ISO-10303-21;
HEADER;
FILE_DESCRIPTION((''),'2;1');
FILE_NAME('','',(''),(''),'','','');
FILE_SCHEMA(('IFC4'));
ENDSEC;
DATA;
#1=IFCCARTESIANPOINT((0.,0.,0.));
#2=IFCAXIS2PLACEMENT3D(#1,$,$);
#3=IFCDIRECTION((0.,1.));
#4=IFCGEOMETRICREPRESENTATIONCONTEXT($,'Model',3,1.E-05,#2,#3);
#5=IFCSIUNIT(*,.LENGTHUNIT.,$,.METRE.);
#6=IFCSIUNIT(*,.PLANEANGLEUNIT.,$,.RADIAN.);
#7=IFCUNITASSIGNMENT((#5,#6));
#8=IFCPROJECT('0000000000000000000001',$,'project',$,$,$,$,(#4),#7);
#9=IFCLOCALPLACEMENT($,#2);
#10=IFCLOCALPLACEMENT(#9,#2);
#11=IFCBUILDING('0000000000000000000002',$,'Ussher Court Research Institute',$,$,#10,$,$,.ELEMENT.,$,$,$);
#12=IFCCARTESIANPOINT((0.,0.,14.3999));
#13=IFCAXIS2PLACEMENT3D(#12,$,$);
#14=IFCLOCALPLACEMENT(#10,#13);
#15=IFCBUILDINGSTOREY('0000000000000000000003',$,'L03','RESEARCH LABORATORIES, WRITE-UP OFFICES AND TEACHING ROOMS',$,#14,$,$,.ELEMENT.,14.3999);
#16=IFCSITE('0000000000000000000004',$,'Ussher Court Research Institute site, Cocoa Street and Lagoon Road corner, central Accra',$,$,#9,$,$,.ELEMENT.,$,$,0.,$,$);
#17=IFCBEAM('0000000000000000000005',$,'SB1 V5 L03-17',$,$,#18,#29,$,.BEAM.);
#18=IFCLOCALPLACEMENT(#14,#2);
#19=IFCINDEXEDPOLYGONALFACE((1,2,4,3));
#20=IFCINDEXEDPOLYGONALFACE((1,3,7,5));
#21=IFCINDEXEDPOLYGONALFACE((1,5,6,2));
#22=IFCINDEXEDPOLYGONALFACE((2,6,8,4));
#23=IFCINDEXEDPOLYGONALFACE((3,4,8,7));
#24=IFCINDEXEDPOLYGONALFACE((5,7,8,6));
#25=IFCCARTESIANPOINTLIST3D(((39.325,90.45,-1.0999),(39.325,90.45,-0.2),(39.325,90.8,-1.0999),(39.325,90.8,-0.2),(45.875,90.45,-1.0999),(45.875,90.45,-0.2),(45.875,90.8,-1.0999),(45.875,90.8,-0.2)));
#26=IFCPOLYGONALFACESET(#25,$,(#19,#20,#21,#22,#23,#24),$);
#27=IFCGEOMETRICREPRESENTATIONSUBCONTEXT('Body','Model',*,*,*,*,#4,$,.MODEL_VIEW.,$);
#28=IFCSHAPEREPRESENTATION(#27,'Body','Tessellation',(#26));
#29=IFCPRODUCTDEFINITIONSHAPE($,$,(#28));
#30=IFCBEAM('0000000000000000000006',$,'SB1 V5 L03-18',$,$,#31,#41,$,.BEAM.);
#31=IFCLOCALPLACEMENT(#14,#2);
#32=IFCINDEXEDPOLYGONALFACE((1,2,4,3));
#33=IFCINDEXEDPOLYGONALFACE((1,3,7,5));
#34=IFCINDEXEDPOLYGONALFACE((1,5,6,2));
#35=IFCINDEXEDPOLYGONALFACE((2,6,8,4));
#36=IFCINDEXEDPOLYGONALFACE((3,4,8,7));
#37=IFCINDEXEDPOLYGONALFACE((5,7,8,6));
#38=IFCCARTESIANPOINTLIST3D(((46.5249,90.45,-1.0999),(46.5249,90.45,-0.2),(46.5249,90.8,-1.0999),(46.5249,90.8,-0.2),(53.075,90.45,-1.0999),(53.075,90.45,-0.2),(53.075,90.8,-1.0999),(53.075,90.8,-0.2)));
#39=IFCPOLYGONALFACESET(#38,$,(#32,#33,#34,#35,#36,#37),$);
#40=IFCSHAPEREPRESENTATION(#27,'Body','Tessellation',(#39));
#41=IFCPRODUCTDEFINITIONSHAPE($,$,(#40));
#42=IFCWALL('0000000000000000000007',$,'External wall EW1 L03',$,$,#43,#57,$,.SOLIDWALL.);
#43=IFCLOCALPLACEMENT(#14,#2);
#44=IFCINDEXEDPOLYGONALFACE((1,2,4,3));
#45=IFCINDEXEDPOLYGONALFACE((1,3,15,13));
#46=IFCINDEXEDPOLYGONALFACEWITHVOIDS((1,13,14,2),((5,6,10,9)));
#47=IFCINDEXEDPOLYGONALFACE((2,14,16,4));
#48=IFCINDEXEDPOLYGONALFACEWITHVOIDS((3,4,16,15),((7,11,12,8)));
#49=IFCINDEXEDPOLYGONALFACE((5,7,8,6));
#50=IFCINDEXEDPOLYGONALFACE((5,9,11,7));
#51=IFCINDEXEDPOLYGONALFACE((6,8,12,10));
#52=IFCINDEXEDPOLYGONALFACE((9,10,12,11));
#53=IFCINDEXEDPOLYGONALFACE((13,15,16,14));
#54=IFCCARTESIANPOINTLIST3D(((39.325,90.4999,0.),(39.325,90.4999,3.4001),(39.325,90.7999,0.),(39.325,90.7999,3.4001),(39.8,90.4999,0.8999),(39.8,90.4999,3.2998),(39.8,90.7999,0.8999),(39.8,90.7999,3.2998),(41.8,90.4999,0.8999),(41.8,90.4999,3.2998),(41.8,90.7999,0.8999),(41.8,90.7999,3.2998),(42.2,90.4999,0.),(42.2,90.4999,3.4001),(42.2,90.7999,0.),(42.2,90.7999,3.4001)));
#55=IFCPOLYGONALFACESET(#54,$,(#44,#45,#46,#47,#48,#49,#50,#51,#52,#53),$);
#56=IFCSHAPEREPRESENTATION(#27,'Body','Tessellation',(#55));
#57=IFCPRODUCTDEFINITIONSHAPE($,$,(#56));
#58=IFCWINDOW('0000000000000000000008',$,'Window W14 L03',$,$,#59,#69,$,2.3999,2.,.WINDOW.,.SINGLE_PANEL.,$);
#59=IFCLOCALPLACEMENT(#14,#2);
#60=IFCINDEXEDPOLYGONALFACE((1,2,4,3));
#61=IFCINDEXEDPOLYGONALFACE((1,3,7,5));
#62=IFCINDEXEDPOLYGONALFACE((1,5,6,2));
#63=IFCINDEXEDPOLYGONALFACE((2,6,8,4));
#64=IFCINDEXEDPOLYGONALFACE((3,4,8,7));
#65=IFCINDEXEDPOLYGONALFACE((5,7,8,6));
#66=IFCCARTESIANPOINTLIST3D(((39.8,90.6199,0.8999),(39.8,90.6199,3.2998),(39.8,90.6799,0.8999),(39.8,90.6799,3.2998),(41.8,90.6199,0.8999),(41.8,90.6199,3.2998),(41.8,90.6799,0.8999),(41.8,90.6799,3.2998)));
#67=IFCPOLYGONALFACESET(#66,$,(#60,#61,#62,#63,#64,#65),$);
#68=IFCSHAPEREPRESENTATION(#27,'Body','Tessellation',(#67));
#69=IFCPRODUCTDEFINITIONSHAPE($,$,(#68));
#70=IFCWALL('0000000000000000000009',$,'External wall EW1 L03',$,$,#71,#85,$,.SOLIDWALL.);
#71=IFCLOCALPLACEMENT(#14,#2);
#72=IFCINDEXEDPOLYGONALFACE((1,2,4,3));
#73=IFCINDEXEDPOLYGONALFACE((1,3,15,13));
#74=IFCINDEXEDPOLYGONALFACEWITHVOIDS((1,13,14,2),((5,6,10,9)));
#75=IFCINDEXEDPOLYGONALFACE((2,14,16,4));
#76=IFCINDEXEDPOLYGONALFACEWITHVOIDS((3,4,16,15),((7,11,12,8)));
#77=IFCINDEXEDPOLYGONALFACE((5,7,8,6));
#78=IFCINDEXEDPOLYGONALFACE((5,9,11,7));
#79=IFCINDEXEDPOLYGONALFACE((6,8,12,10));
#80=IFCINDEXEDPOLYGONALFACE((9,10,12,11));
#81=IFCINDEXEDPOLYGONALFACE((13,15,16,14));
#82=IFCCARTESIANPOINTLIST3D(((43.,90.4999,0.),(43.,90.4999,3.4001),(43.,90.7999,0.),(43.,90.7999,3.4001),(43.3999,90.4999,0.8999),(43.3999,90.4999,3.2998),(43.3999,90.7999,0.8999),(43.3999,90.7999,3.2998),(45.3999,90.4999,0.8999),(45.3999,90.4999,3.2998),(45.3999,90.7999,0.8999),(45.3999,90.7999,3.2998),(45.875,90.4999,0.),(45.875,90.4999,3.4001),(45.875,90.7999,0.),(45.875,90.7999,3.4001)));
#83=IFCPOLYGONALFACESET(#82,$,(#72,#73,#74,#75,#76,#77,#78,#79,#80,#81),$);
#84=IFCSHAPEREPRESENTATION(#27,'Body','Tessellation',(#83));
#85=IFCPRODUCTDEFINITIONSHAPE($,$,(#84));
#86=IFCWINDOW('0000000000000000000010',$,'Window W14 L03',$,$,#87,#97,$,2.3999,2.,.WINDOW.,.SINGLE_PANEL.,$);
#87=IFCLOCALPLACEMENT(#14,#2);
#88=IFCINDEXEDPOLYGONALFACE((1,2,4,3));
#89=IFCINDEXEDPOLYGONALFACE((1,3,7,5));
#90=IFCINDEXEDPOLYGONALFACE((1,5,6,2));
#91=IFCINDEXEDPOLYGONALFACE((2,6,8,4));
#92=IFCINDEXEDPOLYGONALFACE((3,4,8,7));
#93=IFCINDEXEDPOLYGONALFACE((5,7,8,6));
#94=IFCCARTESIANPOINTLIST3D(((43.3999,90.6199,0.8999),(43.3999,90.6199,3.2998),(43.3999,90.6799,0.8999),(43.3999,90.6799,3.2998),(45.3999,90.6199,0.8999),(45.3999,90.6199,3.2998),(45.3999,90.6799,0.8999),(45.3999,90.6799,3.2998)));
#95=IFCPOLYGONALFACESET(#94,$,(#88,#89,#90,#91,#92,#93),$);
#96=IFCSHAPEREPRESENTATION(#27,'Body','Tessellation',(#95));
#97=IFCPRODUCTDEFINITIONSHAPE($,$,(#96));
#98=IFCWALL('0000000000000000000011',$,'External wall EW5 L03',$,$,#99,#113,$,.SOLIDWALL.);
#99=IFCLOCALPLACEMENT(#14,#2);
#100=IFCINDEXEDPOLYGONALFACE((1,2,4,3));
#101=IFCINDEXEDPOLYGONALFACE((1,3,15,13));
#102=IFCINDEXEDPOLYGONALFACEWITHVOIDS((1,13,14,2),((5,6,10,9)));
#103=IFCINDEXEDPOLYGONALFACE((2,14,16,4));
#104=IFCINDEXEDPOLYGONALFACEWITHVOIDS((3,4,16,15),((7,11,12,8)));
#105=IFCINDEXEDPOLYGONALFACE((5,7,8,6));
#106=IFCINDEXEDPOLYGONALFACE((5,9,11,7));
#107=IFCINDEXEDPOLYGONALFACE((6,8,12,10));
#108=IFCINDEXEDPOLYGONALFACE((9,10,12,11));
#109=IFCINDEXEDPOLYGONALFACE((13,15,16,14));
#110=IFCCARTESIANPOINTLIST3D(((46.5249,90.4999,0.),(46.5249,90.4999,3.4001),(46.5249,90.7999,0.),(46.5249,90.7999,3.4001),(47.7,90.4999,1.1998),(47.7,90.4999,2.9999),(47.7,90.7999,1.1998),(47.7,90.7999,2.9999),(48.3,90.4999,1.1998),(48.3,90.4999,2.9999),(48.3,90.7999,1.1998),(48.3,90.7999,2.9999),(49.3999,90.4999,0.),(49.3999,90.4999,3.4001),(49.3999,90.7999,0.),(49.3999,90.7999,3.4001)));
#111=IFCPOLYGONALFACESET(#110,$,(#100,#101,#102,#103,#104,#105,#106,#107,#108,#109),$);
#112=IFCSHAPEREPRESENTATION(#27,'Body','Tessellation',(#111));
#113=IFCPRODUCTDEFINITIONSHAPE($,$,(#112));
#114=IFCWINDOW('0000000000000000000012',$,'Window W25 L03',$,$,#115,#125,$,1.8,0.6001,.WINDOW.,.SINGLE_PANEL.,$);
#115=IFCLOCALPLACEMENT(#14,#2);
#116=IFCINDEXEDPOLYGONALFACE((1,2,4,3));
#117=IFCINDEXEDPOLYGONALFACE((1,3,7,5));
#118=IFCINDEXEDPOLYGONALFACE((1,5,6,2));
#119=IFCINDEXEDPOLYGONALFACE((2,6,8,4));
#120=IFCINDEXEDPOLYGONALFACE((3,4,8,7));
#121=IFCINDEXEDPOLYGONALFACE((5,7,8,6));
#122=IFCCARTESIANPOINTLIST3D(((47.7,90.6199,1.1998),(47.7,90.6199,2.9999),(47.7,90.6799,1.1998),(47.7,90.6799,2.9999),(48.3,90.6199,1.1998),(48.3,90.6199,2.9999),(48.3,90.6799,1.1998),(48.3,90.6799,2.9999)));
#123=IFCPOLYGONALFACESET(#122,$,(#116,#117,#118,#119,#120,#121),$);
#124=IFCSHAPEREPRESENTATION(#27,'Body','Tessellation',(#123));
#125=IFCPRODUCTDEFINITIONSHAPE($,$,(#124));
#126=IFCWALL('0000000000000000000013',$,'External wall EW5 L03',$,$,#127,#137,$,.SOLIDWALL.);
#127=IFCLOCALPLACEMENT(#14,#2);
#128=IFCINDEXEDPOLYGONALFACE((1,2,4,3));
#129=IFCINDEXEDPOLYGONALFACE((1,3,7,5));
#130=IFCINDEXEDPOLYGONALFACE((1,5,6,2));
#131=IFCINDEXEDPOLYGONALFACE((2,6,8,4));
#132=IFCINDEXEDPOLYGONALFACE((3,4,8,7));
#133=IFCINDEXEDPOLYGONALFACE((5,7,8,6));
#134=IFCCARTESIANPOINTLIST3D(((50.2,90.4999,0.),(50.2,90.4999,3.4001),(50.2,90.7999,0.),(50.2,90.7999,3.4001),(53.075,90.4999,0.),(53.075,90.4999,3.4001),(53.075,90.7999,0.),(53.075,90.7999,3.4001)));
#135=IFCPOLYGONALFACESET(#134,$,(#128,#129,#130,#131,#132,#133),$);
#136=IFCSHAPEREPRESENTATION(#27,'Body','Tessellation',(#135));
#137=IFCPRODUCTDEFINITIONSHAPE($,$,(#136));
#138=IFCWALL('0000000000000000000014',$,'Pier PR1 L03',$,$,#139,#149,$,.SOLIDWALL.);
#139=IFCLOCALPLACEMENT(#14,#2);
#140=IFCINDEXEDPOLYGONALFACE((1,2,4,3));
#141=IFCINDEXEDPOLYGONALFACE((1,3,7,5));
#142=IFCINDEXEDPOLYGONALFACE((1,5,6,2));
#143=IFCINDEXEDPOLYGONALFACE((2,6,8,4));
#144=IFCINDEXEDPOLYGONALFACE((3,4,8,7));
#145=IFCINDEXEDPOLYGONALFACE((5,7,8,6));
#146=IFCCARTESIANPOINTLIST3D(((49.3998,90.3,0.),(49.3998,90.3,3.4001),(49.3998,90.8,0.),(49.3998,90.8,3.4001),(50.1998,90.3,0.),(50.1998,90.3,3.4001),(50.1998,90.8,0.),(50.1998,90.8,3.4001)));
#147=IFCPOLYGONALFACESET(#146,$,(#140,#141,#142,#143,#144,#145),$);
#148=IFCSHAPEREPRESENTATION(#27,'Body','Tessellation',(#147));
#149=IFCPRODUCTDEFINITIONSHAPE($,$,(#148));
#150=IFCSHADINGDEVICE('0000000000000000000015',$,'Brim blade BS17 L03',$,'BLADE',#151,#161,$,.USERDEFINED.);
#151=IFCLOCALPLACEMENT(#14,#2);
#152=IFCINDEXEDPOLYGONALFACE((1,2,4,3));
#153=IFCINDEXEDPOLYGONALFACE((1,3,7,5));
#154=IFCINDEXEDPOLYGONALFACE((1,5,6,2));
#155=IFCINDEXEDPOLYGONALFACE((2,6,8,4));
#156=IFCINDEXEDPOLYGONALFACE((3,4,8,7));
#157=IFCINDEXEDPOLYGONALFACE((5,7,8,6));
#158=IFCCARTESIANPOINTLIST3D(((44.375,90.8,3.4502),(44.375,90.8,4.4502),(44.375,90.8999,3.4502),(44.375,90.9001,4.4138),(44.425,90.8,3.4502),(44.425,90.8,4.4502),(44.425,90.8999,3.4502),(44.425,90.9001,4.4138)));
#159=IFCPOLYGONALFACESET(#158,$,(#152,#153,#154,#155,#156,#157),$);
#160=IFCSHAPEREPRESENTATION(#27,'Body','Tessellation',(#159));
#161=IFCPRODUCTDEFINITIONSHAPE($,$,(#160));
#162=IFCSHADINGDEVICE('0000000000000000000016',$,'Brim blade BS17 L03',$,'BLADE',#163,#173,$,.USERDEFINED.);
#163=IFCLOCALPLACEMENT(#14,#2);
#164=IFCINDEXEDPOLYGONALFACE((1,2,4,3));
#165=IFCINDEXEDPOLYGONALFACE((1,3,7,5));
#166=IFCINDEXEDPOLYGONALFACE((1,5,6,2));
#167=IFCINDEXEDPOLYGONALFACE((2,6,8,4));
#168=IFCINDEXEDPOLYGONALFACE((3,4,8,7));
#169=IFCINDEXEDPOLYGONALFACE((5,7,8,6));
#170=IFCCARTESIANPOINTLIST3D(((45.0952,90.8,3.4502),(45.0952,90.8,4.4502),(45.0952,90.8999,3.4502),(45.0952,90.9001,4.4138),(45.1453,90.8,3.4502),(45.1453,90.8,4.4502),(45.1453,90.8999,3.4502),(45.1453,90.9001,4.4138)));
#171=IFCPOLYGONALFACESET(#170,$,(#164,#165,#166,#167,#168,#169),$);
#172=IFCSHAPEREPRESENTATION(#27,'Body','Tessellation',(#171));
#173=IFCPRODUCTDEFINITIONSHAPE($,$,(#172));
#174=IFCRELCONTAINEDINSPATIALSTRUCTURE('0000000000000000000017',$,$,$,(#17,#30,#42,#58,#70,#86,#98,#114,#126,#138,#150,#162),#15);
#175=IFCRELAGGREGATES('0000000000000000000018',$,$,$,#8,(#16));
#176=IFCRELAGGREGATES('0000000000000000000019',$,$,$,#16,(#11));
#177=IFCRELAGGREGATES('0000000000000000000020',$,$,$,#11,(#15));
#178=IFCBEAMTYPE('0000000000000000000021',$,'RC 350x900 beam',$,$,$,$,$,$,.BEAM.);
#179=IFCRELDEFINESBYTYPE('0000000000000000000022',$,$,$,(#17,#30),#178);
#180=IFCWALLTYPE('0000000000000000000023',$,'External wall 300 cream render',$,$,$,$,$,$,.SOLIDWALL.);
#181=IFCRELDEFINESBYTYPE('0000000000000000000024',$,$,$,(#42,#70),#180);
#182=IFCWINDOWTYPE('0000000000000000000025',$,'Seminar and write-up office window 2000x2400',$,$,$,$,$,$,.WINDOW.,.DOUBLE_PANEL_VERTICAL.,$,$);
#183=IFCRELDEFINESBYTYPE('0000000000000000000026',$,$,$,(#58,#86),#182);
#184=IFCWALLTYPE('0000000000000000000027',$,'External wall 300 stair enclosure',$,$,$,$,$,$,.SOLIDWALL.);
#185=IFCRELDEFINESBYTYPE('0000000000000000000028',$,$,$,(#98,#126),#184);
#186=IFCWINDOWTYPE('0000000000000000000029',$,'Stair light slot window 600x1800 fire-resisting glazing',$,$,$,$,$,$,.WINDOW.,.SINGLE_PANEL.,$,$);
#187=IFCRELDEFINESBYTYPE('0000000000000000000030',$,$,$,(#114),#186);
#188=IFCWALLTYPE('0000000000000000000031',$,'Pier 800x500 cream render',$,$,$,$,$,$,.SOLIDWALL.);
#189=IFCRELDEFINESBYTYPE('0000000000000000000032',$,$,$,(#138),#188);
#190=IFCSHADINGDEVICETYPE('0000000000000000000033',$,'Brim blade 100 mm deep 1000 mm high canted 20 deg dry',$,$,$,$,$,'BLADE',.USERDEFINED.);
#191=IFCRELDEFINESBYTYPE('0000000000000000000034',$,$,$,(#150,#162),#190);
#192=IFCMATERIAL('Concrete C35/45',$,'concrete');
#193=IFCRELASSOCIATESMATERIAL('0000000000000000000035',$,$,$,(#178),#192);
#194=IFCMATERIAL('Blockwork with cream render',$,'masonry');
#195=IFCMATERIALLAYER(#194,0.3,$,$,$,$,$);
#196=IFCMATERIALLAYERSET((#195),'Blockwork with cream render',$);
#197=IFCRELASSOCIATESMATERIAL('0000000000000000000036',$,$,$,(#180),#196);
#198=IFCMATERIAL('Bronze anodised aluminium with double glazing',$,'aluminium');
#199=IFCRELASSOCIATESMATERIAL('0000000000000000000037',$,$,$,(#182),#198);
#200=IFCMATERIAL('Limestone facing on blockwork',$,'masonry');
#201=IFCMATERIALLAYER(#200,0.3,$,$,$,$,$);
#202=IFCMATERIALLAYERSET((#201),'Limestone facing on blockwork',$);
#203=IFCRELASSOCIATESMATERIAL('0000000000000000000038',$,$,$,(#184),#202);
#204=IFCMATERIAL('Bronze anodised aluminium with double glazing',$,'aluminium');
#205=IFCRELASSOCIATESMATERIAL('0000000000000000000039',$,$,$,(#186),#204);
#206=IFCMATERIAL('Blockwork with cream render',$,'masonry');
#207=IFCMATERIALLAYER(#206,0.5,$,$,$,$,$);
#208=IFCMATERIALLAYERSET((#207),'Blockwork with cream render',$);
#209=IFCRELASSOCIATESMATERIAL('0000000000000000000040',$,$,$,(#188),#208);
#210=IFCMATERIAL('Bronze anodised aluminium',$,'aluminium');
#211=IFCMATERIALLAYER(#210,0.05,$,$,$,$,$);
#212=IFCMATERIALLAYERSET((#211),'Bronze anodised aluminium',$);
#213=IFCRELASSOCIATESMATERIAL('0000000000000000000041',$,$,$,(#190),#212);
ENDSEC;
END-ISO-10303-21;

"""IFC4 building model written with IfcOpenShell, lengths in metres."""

from ifc_helpers import new_model, si_unit, direction, frame, frame_2d, origin, origin_2d, place, context, subcontext, project, spatial, polyline, rectangle, outline, extrude, material, layer, layer_set, material_profile, profile_set, type_object, element, fill, save


model = new_model("IFC4")

# Units and contexts
model_context = context("Model", 3, precision=1e-05, world=origin(), true_north=direction((0.0, 1.0)))
body_context = subcontext(model_context, "Body", "Model", "MODEL_VIEW")
ifc_project = project(units=[si_unit("LENGTHUNIT", "METRE"), si_unit("PLANEANGLEUNIT", "RADIAN")], contexts=[model_context])

# Site, building, storey
site_placement = place(None, origin())
site = spatial("IfcSite", under=ifc_project, at=site_placement, Name="Ussher Court Research Institute site, Cocoa Street and Lagoon Road corner, central Accra", CompositionType="ELEMENT", RefElevation=0.0)
building_placement = place(site_placement, origin())
building = spatial("IfcBuilding", under=site, at=building_placement, Name="Ussher Court Research Institute", CompositionType="ELEMENT")
storey_placement = place(building_placement, frame((0.0, 0.0, 14.3999)))
storey = spatial("IfcBuildingStorey", under=building, at=storey_placement, Name="L03", Description="RESEARCH LABORATORIES, WRITE-UP OFFICES AND TEACHING ROOMS", CompositionType="ELEMENT", Elevation=14.3999)

# Beams
ifc_material_1 = material(Name="Concrete C35/45", Category="concrete")
ifc_material_profile = material_profile(ifc_material_1, rectangle(XDim=0.3501, YDim=0.8999, at=origin_2d()), Name="RC 350x900")
ifc_profile_set = profile_set([ifc_material_profile], Name="Concrete C35/45")
beam_type = type_object("IfcBeamType", Name="RC 350x900 beam", PredefinedType="BEAM", material=ifc_profile_set)
for number, where, z_axis, x_axis, name in (
    (1, (39.325, 90.625, -0.6499), (1.0, 0.0, 0.0), (0.0, 1.0, 0.0), "SB1 V5 L03-17"),
    (2, (46.5249, 90.625, -0.6499), (1.0, 0.0, 0.0), (0.0, 1.0, 0.0), "SB1 V5 L03-18"),
):
    element("IfcBeam", number, at=place(storey_placement, frame(where, z_axis=z_axis, x_axis=x_axis)), inside=storey, type_object=beam_type, Name=name, PredefinedType="BEAM", context=body_context, shape_type="SweptSolid", body=[
        extrude(rectangle(XDim=0.3501, YDim=0.8999, at=origin_2d()), origin(), (0.0, 0.0, 1.0), 6.55),
    ])

# Walls, openings, windows
ifc_material_2 = material(Name="Blockwork with cream render", Category="masonry")
ifc_layer_1 = layer(ifc_material_2, 0.3)
ifc_layer_set_1 = layer_set([ifc_layer_1], Name="Blockwork with cream render")
wall_type_1 = type_object("IfcWallType", Name="External wall 300 cream render", PredefinedType="SOLIDWALL", material=ifc_layer_set_1)
wall_1_placement = place(storey_placement, frame((39.325, 90.6499, 0.0), z_axis=(0.0, 0.0, 1.0), x_axis=(1.0, 0.0, 0.0)))
wall_1 = element("IfcWall", 3, at=wall_1_placement, inside=storey, type_object=wall_type_1, Name="External wall EW1 L03", PredefinedType="SOLIDWALL", context=body_context, shape_type="SweptSolid", body=[
    extrude(rectangle(XDim=2.875, YDim=0.3, at=frame_2d((1.4375, 0.0))), origin(), (0.0, 0.0, 1.0), 3.4001),
])
opening_1_placement = place(wall_1_placement, frame((0.4751, 0.0, 0.8999)))
opening_1 = element("IfcOpeningElement", 4, at=opening_1_placement, cuts=wall_1, PredefinedType="OPENING", context=body_context, shape_type="SweptSolid", body=[
    extrude(rectangle(XDim=2.0, YDim=2.3999, at=frame_2d((1.0, 1.2))), frame((0.0, 0.1602, 0.0), z_axis=(0.0, -1.0, 0.0), x_axis=(1.0, 0.0, 0.0)), (0.0, 0.0, 1.0), 0.3201),
])
ifc_material_3 = material(Name="Bronze anodised aluminium with double glazing", Category="aluminium")
window_type_1 = type_object("IfcWindowType", Name="Seminar and write-up office window 2000x2400", PartitioningType="DOUBLE_PANEL_VERTICAL", PredefinedType="WINDOW", material=ifc_material_3)
window_1_placement = place(opening_1_placement, origin())
window_1 = element("IfcWindow", 5, at=window_1_placement, inside=storey, type_object=window_type_1, Name="Window W14 L03", OverallHeight=2.3999, OverallWidth=2.0, PartitioningType="SINGLE_PANEL", PredefinedType="WINDOW", context=body_context, shape_type="SweptSolid", body=[
    extrude(rectangle(XDim=2.0, YDim=2.3999, at=frame_2d((1.0, 1.2))), frame((0.0, 0.03, 0.0), z_axis=(0.0, -1.0, 0.0), x_axis=(1.0, 0.0, 0.0)), (0.0, 0.0, 1.0), 0.0601),
])
fill(opening_1, window_1)
wall_2_placement = place(storey_placement, frame((43.0, 90.6499, 0.0), z_axis=(0.0, 0.0, 1.0), x_axis=(1.0, 0.0, 0.0)))
wall_2 = element("IfcWall", 6, at=wall_2_placement, inside=storey, type_object=wall_type_1, Name="External wall EW1 L03", PredefinedType="SOLIDWALL", context=body_context, shape_type="SweptSolid", body=[
    extrude(rectangle(XDim=2.875, YDim=0.3, at=frame_2d((1.4375, 0.0))), origin(), (0.0, 0.0, 1.0), 3.4001),
])
opening_2_placement = place(wall_2_placement, frame((0.3999, 0.0, 0.8999)))
opening_2 = element("IfcOpeningElement", 7, at=opening_2_placement, cuts=wall_2, PredefinedType="OPENING", context=body_context, shape_type="SweptSolid", body=[
    extrude(rectangle(XDim=2.0, YDim=2.3999, at=frame_2d((1.0, 1.2))), frame((0.0, 0.1602, 0.0), z_axis=(0.0, -1.0, 0.0), x_axis=(1.0, 0.0, 0.0)), (0.0, 0.0, 1.0), 0.3201),
])
window_2_placement = place(opening_2_placement, origin())
window_2 = element("IfcWindow", 8, at=window_2_placement, inside=storey, type_object=window_type_1, Name="Window W14 L03", OverallHeight=2.3999, OverallWidth=2.0, PartitioningType="SINGLE_PANEL", PredefinedType="WINDOW", context=body_context, shape_type="SweptSolid", body=[
    extrude(rectangle(XDim=2.0, YDim=2.3999, at=frame_2d((1.0, 1.2))), frame((0.0, 0.03, 0.0), z_axis=(0.0, -1.0, 0.0), x_axis=(1.0, 0.0, 0.0)), (0.0, 0.0, 1.0), 0.0601),
])
fill(opening_2, window_2)
ifc_material_4 = material(Name="Limestone facing on blockwork", Category="masonry")
ifc_layer_2 = layer(ifc_material_4, 0.3)
ifc_layer_set_2 = layer_set([ifc_layer_2], Name="Limestone facing on blockwork")
wall_type_2 = type_object("IfcWallType", Name="External wall 300 stair enclosure", PredefinedType="SOLIDWALL", material=ifc_layer_set_2)
wall_3_placement = place(storey_placement, frame((46.5249, 90.6499, 0.0), z_axis=(0.0, 0.0, 1.0), x_axis=(1.0, 0.0, 0.0)))
wall_3 = element("IfcWall", 9, at=wall_3_placement, inside=storey, type_object=wall_type_2, Name="External wall EW5 L03", PredefinedType="SOLIDWALL", context=body_context, shape_type="SweptSolid", body=[
    extrude(rectangle(XDim=2.875, YDim=0.3, at=frame_2d((1.4375, 0.0))), origin(), (0.0, 0.0, 1.0), 3.4001),
])
opening_3_placement = place(wall_3_placement, frame((1.175, 0.0, 1.2)))
opening_3 = element("IfcOpeningElement", 10, at=opening_3_placement, cuts=wall_3, PredefinedType="OPENING", context=body_context, shape_type="SweptSolid", body=[
    extrude(rectangle(XDim=0.6001, YDim=1.8, at=frame_2d((0.3, 0.8999))), frame((0.0, 0.1602, 0.0), z_axis=(0.0, -1.0, 0.0), x_axis=(1.0, 0.0, 0.0)), (0.0, 0.0, 1.0), 0.3201),
])
ifc_material_5 = material(Name="Bronze anodised aluminium with double glazing", Category="aluminium")
window_type_2 = type_object("IfcWindowType", Name="Stair light slot window 600x1800 fire-resisting glazing", PartitioningType="SINGLE_PANEL", PredefinedType="WINDOW", material=ifc_material_5)
window_3_placement = place(opening_3_placement, origin())
window_3 = element("IfcWindow", 11, at=window_3_placement, inside=storey, type_object=window_type_2, Name="Window W25 L03", OverallHeight=1.8, OverallWidth=0.6001, PartitioningType="SINGLE_PANEL", PredefinedType="WINDOW", context=body_context, shape_type="SweptSolid", body=[
    extrude(rectangle(XDim=0.6001, YDim=1.8, at=frame_2d((0.3, 0.8999))), frame((0.0, 0.03, 0.0), z_axis=(0.0, -1.0, 0.0), x_axis=(1.0, 0.0, 0.0)), (0.0, 0.0, 1.0), 0.0601),
])
fill(opening_3, window_3)

# Walls
wall_4_placement = place(storey_placement, frame((50.2, 90.6499, 0.0), z_axis=(0.0, 0.0, 1.0), x_axis=(1.0, 0.0, 0.0)))
element("IfcWall", 12, at=wall_4_placement, inside=storey, type_object=wall_type_2, Name="External wall EW5 L03", PredefinedType="SOLIDWALL", context=body_context, shape_type="SweptSolid", body=[
    extrude(rectangle(XDim=2.875, YDim=0.3, at=frame_2d((1.4375, 0.0))), origin(), (0.0, 0.0, 1.0), 3.4001),
])
ifc_material_6 = material(Name="Blockwork with cream render", Category="masonry")
ifc_layer_3 = layer(ifc_material_6, 0.5)
ifc_layer_set_3 = layer_set([ifc_layer_3], Name="Blockwork with cream render")
wall_type_3 = type_object("IfcWallType", Name="Pier 800x500 cream render", PredefinedType="SOLIDWALL", material=ifc_layer_set_3)
wall_5_placement = place(storey_placement, frame((49.3999, 90.55, 0.0), z_axis=(0.0, 0.0, 1.0), x_axis=(1.0, 0.0, 0.0)))
element("IfcWall", 13, at=wall_5_placement, inside=storey, type_object=wall_type_3, Name="Pier PR1 L03", PredefinedType="SOLIDWALL", context=body_context, shape_type="SweptSolid", body=[
    extrude(rectangle(XDim=0.8, YDim=0.5, at=frame_2d((0.3999, 0.0))), origin(), (0.0, 0.0, 1.0), 3.4001),
])

# Shading devices
ifc_material_7 = material(Name="Bronze anodised aluminium", Category="aluminium")
ifc_layer_4 = layer(ifc_material_7, 0.05)
ifc_layer_set_4 = layer_set([ifc_layer_4], Name="Bronze anodised aluminium")
shading_device_type_1 = type_object("IfcShadingDeviceType", Name="Brim blade 100 mm deep 1000 mm high canted 20 deg dry", ElementType="BLADE", PredefinedType="USERDEFINED", material=ifc_layer_set_4)
for number, where, z_axis, x_axis, name in (
    (14, (44.3999, 90.8, 3.4502), (0.0, 0.0, 1.0), (0.0, 1.0, 0.0), "Brim blade BS17 L03"),
    (15, (45.1201, 90.8, 3.4502), (0.0, 0.0, 1.0), (0.0, 1.0, 0.0), "Brim blade BS17 L03"),
):
    element("IfcShadingDevice", number, at=place(storey_placement, frame(where, z_axis=z_axis, x_axis=x_axis)), inside=storey, type_object=shading_device_type_1, Name=name, ObjectType="BLADE", PredefinedType="USERDEFINED", context=body_context, shape_type="SweptSolid", body=[
        extrude(outline(polyline([(0.0, 0.0), (0.0999, 0.0), (0.1001, 0.9636), (0.0, 1.0), (0.0, 0.0)])), frame((0.0, 0.0249, 0.0), z_axis=(0.0, -1.0, 0.0), x_axis=(1.0, 0.0, 0.0)), (0.0, 0.0, 1.0), 0.05),
    ])

save(model, "model.ifc")
